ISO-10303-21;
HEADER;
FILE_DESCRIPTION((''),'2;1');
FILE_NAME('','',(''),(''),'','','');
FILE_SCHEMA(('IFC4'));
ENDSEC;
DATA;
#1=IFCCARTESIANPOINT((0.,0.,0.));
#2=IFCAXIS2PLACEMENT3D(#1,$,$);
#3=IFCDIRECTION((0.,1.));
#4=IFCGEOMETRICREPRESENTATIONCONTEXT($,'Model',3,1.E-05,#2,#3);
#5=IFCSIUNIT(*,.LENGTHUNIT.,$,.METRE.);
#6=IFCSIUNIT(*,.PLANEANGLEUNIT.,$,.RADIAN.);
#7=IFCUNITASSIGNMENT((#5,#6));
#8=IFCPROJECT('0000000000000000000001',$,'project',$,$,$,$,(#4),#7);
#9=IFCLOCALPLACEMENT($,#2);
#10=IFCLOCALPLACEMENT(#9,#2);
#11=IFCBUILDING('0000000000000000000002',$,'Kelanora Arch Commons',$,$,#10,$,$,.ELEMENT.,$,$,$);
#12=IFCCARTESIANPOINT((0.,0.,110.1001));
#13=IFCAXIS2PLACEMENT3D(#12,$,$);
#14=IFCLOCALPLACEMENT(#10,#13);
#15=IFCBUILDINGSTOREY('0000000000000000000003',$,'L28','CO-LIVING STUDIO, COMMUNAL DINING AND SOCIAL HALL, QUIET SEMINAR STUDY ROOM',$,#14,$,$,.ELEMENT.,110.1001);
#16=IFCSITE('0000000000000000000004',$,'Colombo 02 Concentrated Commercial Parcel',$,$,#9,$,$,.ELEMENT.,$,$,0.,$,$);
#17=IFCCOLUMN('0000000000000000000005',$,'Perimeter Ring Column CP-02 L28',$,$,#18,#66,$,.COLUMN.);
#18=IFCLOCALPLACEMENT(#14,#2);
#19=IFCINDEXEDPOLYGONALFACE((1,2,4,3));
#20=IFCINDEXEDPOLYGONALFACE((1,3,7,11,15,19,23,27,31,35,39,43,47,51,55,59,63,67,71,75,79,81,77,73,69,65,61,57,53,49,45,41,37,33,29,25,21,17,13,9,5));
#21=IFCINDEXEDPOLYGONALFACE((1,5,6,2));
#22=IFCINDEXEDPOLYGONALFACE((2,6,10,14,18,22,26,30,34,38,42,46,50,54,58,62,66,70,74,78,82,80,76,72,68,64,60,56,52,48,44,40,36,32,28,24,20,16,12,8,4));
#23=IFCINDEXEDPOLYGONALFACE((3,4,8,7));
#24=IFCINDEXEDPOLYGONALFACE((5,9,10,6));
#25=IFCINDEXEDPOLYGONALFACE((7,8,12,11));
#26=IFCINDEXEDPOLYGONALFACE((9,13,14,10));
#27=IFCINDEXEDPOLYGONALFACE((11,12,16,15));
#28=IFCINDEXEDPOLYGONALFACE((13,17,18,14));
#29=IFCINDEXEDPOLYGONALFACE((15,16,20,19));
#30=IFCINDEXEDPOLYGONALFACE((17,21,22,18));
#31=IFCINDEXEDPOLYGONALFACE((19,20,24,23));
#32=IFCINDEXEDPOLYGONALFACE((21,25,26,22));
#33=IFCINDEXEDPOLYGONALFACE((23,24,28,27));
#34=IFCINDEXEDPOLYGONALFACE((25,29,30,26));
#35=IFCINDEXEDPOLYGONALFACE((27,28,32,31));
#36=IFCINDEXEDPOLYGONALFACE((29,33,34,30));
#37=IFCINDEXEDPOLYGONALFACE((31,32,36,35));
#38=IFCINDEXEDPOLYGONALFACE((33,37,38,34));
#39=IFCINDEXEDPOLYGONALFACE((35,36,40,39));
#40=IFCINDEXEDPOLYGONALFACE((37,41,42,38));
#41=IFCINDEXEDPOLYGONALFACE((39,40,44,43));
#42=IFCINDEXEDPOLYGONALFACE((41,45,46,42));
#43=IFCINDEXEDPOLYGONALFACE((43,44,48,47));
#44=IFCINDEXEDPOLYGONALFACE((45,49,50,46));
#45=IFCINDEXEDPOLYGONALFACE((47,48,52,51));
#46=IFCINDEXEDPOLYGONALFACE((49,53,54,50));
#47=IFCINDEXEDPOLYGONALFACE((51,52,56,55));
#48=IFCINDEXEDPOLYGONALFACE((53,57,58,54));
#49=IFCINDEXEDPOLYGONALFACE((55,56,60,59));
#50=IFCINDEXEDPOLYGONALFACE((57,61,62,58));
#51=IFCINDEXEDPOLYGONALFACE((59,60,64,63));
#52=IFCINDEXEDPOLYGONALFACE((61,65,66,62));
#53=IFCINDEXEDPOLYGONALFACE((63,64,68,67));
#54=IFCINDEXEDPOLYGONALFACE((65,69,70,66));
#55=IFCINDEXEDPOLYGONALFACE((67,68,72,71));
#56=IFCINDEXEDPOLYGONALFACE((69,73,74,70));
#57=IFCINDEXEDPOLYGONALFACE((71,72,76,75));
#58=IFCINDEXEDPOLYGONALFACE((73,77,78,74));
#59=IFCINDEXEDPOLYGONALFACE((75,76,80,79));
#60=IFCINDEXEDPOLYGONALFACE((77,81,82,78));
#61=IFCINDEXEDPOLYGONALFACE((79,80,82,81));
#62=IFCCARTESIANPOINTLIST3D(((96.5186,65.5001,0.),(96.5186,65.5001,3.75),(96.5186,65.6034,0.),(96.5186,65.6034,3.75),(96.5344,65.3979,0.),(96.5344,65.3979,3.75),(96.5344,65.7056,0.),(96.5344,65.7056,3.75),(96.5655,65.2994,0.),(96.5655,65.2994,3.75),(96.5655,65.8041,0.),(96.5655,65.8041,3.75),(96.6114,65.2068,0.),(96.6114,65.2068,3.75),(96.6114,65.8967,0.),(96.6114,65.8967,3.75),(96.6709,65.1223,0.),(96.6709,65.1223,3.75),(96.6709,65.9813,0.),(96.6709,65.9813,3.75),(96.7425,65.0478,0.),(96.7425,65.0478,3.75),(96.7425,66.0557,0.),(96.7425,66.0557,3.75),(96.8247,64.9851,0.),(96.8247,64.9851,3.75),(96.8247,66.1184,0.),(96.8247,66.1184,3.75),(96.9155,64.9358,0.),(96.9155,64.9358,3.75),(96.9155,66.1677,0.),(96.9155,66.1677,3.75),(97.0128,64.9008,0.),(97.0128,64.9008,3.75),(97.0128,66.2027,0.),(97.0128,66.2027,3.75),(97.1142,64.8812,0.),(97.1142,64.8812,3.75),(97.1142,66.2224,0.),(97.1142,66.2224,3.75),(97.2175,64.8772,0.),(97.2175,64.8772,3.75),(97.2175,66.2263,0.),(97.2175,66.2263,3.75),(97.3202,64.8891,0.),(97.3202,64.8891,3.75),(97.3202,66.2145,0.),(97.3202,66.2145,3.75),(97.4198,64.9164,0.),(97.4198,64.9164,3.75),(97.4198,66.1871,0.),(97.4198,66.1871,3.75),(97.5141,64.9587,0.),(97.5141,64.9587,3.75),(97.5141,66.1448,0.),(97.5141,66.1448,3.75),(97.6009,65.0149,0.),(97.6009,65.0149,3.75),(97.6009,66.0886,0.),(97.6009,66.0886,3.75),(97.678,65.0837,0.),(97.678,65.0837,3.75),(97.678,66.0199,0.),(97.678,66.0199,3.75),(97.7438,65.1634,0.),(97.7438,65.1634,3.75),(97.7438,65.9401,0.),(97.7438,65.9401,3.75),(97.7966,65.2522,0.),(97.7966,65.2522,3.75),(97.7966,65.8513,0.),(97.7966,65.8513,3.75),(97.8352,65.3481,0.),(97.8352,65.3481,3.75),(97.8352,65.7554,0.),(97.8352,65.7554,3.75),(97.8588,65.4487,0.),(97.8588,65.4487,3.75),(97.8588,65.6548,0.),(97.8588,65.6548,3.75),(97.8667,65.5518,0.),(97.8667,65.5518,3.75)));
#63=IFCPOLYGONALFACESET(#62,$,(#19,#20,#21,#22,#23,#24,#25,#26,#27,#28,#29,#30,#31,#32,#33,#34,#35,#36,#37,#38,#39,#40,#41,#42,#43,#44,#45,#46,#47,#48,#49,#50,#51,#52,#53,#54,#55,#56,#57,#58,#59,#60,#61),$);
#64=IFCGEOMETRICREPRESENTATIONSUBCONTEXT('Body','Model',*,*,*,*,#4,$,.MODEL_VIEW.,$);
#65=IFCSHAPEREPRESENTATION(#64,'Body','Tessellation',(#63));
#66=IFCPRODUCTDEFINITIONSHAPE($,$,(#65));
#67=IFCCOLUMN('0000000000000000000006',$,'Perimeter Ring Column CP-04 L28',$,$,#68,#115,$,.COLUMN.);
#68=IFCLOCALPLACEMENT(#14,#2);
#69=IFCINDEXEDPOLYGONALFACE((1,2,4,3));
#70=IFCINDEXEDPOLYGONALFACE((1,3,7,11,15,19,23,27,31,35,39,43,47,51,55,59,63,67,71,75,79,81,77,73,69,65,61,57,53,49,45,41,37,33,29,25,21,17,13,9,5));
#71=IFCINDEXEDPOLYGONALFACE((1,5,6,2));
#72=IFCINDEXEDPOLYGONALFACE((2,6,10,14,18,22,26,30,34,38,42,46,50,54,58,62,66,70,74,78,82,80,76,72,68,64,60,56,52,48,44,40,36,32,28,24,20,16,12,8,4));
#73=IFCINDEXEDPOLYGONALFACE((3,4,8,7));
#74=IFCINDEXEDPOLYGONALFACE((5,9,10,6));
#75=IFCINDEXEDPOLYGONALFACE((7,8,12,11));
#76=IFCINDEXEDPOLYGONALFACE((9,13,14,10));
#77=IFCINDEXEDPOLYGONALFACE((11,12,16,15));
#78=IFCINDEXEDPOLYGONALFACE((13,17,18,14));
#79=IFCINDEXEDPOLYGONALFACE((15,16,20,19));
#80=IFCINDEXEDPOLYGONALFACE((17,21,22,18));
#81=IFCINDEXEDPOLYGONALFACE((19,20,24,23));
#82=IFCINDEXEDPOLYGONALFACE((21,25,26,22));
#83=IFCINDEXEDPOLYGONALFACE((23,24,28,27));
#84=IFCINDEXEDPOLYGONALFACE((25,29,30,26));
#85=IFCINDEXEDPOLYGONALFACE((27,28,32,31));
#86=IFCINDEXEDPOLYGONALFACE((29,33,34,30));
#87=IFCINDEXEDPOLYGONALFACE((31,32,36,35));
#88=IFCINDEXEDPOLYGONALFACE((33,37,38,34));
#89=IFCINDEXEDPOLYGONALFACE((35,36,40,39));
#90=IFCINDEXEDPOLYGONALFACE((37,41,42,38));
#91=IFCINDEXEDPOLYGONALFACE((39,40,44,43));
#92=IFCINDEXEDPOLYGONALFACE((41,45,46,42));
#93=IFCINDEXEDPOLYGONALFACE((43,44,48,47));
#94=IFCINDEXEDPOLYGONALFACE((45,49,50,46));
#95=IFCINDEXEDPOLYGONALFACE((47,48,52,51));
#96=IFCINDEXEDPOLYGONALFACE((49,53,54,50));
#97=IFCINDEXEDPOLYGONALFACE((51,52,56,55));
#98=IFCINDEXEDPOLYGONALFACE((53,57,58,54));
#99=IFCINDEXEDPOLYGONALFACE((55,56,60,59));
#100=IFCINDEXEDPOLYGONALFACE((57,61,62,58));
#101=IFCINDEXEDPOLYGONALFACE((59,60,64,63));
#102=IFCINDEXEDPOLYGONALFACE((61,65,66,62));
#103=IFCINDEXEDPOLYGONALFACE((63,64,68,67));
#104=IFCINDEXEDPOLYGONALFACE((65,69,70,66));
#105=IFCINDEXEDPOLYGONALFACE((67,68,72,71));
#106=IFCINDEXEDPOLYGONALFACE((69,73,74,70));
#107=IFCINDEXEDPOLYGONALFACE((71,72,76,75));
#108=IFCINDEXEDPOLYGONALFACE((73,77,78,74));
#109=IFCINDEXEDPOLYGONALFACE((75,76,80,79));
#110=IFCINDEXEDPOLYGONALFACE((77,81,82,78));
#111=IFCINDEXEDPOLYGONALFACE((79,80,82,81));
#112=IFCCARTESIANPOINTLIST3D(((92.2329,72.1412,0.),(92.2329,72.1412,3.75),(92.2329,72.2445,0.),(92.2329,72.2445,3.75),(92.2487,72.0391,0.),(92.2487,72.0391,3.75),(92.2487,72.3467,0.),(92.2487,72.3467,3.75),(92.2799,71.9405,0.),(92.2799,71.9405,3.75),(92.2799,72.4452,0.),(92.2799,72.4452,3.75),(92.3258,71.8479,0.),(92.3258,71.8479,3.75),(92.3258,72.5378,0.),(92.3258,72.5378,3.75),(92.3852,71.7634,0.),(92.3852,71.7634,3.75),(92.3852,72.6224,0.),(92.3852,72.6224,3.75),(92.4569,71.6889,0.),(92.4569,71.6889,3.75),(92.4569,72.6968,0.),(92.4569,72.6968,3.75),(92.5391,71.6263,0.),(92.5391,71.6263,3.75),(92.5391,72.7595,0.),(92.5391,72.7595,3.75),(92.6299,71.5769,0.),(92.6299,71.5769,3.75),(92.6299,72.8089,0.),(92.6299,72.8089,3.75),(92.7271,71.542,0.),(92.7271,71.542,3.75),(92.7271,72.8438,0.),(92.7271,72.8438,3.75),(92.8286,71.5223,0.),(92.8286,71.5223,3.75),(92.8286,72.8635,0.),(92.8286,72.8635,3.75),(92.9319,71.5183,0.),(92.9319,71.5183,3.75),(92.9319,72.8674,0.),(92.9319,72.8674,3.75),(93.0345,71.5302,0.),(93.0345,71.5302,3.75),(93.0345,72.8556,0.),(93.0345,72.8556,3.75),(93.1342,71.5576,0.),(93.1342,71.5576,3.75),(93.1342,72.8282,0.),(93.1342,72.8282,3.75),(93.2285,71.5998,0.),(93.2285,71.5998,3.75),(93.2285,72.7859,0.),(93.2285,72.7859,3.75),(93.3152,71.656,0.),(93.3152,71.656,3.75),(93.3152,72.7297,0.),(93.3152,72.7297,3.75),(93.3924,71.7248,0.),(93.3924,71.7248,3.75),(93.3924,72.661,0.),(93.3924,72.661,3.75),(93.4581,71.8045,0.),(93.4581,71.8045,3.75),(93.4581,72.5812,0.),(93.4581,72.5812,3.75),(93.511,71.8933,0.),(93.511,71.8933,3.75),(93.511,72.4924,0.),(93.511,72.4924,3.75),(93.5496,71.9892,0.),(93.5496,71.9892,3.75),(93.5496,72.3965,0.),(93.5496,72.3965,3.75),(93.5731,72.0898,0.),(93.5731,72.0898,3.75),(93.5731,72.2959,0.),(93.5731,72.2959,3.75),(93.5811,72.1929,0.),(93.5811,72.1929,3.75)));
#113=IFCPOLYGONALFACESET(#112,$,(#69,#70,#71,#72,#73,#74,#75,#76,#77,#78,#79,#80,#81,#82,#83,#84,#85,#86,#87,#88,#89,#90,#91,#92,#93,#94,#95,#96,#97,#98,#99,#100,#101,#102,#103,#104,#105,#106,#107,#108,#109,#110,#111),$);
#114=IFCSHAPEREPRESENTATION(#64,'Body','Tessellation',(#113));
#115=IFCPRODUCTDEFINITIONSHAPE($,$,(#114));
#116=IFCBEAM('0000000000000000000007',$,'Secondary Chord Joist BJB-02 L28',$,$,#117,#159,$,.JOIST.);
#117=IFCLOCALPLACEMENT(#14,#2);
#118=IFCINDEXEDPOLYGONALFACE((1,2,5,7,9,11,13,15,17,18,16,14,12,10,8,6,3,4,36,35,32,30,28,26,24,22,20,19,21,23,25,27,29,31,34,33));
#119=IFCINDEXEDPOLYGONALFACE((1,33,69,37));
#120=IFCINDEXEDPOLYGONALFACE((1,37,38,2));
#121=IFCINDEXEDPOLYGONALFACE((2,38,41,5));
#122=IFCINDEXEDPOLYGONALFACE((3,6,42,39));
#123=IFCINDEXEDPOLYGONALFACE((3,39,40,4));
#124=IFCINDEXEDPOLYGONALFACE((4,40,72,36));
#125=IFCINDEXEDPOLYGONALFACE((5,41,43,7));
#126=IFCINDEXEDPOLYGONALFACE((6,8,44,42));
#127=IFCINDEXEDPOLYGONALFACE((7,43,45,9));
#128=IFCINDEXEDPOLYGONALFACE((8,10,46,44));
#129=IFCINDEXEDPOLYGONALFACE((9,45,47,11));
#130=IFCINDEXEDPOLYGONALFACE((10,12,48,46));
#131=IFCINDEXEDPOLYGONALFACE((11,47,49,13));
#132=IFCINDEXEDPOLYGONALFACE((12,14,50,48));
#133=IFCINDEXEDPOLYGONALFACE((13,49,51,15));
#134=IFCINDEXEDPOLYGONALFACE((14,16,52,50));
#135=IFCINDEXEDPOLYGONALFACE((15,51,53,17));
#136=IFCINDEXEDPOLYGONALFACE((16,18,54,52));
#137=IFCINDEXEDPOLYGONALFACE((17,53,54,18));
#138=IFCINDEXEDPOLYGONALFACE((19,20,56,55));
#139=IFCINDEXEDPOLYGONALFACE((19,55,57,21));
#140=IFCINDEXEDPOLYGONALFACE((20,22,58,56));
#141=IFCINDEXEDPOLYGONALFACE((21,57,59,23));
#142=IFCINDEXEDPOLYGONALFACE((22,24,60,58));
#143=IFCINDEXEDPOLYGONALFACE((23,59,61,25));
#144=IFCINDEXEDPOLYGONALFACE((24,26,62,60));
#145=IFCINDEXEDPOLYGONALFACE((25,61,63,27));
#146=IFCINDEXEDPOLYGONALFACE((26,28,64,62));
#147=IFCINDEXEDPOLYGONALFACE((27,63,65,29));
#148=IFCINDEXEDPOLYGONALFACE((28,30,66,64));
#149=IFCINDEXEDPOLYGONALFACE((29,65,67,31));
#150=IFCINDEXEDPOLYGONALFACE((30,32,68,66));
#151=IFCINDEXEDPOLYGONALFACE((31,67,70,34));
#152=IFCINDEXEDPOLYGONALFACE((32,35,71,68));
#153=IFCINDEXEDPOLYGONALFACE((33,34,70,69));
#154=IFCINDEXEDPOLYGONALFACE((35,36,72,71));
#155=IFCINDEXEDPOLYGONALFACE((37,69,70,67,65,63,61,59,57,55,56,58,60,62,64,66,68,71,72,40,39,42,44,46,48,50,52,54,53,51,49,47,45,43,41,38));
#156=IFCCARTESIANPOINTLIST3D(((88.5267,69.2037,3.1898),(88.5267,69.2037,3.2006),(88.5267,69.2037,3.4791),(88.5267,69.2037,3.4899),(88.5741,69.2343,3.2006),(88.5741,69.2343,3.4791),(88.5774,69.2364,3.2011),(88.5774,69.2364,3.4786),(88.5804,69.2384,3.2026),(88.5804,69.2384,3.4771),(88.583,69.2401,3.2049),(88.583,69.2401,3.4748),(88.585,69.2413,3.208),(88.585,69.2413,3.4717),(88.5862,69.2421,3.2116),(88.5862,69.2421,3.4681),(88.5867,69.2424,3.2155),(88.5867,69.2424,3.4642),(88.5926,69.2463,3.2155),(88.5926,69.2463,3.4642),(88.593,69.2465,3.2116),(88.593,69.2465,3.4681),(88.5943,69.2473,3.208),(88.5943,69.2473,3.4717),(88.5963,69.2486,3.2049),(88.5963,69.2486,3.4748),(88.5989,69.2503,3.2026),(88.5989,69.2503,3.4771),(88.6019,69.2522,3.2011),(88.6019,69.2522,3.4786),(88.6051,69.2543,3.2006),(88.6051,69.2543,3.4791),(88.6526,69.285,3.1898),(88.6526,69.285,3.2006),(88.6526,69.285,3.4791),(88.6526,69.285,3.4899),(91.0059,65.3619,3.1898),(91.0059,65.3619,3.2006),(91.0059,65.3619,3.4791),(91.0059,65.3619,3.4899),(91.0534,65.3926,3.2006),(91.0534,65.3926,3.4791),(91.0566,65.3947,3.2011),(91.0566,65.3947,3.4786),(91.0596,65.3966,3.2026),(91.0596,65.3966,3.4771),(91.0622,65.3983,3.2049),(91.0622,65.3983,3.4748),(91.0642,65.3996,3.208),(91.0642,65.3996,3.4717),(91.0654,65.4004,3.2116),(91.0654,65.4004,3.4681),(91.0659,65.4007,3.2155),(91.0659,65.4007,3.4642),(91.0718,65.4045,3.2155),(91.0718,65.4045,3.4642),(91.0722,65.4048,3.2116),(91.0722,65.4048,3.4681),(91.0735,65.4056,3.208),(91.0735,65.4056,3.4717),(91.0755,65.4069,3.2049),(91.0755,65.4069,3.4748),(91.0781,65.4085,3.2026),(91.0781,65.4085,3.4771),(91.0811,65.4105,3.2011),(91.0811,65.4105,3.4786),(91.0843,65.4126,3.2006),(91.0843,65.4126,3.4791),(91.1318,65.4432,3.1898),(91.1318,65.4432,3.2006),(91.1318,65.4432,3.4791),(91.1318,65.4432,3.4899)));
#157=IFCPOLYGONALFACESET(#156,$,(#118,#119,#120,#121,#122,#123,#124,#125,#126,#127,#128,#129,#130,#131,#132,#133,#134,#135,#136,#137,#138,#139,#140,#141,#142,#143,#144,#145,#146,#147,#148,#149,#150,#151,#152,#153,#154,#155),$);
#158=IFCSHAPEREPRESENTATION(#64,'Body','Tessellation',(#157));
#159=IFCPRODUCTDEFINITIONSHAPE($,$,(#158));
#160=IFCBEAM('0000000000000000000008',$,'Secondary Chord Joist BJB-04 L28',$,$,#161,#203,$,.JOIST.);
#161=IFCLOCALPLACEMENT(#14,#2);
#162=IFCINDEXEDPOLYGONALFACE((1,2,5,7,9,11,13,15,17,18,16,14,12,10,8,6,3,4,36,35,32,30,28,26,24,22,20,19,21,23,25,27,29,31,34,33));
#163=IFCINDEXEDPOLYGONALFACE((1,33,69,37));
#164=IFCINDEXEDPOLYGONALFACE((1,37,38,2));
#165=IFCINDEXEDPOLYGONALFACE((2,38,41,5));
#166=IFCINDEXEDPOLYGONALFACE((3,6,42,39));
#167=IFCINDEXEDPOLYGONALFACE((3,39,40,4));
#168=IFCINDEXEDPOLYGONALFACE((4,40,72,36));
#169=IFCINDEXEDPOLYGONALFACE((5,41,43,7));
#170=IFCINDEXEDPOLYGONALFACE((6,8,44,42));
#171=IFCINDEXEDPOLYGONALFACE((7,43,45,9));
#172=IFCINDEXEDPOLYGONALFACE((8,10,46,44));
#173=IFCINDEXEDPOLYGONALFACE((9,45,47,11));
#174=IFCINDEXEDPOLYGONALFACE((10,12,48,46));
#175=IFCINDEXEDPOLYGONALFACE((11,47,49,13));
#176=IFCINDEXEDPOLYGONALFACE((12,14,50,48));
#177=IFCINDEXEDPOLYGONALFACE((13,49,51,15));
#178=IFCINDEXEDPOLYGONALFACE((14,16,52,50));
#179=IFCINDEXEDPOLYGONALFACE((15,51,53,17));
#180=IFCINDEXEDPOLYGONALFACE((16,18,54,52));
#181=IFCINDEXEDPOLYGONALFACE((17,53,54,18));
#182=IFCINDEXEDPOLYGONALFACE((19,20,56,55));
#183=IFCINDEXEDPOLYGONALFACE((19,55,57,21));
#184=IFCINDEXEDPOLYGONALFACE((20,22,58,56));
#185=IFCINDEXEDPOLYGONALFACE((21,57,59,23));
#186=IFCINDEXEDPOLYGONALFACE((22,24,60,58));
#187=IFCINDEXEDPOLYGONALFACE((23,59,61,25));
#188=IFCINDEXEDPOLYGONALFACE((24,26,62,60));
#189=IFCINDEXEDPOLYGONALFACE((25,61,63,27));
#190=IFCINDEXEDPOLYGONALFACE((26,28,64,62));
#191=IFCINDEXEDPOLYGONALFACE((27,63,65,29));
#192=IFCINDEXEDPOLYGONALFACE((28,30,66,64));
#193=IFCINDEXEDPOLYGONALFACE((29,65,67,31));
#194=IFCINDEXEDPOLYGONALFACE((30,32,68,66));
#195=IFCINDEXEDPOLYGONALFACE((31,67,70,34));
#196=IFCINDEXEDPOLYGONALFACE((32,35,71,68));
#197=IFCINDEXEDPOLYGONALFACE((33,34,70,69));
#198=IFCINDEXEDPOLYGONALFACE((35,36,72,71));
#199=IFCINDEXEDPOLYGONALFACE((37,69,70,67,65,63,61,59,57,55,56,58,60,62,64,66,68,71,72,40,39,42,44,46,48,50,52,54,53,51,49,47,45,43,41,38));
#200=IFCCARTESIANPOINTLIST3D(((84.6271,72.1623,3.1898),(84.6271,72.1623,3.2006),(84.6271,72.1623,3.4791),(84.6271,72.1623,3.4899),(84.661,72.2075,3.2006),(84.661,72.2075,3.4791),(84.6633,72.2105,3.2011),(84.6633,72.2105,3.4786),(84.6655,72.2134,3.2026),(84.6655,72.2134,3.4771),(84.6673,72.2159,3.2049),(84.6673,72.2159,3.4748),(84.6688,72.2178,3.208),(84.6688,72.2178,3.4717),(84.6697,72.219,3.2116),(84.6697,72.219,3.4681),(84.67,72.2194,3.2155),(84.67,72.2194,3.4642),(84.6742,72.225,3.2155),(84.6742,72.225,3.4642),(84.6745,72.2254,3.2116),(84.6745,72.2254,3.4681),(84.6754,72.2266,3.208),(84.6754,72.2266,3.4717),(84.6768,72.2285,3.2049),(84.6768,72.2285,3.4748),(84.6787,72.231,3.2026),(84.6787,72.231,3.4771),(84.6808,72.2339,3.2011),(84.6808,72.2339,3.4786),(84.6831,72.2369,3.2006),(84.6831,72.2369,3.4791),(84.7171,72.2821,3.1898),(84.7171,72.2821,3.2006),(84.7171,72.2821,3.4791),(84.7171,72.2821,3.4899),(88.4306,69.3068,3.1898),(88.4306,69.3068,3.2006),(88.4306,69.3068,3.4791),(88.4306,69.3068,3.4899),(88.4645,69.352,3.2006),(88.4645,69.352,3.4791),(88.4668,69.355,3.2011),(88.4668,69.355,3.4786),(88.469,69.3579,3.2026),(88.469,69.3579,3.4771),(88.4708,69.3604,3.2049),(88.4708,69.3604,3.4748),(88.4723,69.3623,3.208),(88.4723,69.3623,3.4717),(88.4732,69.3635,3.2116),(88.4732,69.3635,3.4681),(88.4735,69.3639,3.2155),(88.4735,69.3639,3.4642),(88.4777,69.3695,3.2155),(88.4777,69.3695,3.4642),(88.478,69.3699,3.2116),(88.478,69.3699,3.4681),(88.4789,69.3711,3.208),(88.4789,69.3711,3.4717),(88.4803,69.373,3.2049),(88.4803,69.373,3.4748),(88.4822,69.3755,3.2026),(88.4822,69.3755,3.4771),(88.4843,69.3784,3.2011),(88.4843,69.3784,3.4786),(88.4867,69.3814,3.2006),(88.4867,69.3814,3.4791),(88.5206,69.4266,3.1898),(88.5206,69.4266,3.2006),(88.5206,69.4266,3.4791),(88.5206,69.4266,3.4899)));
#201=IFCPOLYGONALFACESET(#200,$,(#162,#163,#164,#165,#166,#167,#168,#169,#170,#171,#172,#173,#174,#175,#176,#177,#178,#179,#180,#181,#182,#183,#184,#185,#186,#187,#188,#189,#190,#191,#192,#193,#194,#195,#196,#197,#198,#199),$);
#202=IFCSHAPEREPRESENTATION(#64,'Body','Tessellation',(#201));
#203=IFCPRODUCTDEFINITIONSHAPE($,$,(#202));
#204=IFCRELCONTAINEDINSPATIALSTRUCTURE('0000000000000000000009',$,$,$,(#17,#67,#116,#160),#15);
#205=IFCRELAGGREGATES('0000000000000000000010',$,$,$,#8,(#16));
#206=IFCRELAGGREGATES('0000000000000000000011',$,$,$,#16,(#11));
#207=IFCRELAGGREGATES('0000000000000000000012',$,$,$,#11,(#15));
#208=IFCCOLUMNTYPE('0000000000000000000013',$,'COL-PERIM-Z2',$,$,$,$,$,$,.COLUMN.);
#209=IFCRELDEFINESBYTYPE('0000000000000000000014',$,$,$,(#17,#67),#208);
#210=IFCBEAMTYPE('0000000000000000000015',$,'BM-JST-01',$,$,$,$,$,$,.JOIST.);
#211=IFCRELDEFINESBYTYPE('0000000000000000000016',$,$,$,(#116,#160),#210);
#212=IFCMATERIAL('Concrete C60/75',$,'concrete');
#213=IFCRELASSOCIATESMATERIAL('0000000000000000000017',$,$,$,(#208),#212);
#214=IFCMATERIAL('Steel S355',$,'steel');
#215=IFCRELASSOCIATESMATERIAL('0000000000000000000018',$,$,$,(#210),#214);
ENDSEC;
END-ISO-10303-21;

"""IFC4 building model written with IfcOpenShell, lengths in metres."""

from ifc_helpers import new_model, si_unit, direction, frame, origin, origin_2d, place, context, subcontext, project, spatial, circle, i_section, extrude, material, material_profile, profile_set, type_object, element, save


model = new_model("IFC4")

# Units and contexts
model_context = context("Model", 3, precision=1e-05, world=origin(), true_north=direction((0.0, 1.0)))
body_context = subcontext(model_context, "Body", "Model", "MODEL_VIEW")
ifc_project = project(units=[si_unit("LENGTHUNIT", "METRE"), si_unit("PLANEANGLEUNIT", "RADIAN")], contexts=[model_context])

# Site, building, storey
site_placement = place(None, origin())
site = spatial("IfcSite", under=ifc_project, at=site_placement, Name="Colombo 02 Concentrated Commercial Parcel", CompositionType="ELEMENT", RefElevation=0.0)
building_placement = place(site_placement, origin())
building = spatial("IfcBuilding", under=site, at=building_placement, Name="Kelanora Arch Commons", CompositionType="ELEMENT")
storey_placement = place(building_placement, frame((0.0, 0.0, 110.1001)))
storey = spatial("IfcBuildingStorey", under=building, at=storey_placement, Name="L28", Description="CO-LIVING STUDIO, COMMUNAL DINING AND SOCIAL HALL, QUIET SEMINAR STUDY ROOM", CompositionType="ELEMENT", Elevation=110.1001)

# Columns
ifc_material_1 = material(Name="Concrete C60/75", Category="concrete")
ifc_material_profile_1 = material_profile(ifc_material_1, circle(Radius=0.675, at=origin_2d()), Name="RCC1350")
ifc_profile_set_1 = profile_set([ifc_material_profile_1], Name="Concrete C60/75")
column_type = type_object("IfcColumnType", Name="COL-PERIM-Z2", PredefinedType="COLUMN", material=ifc_profile_set_1)
for number, where, z_axis, x_axis, name in (
    (1, (97.1917, 65.5518, 0.0), (0.0, 0.0, 1.0), (1.0, 0.0, 0.0), "Perimeter Ring Column CP-02 L28"),
    (2, (92.906, 72.1929, 0.0), (0.0, 0.0, 1.0), (1.0, 0.0, 0.0), "Perimeter Ring Column CP-04 L28"),
):
    element("IfcColumn", number, at=place(storey_placement, frame(where, z_axis=z_axis, x_axis=x_axis)), inside=storey, type_object=column_type, Name=name, PredefinedType="COLUMN", context=body_context, shape_type="SweptSolid", body=[
        extrude(circle(Radius=0.675, at=origin_2d()), origin(), (0.0, 0.0, 1.0), 3.75),
    ])

# Beams
ifc_material_2 = material(Name="Steel S355", Category="steel")
ifc_material_profile_2 = material_profile(ifc_material_2, i_section(OverallWidth=0.1499, OverallDepth=0.3, WebThickness=0.0071, FlangeThickness=0.0107, FilletRadius=0.0149, at=origin_2d()), Name="IPE300")
ifc_profile_set_2 = profile_set([ifc_material_profile_2], Name="Steel S355")
beam_type_1 = type_object("IfcBeamType", Name="BM-JST-01", PredefinedType="JOIST", material=ifc_profile_set_2)
beam_1_placement = place(storey_placement, frame((91.0688, 65.4026, 3.3398), z_axis=(-0.54223, 0.84023, 0.0), x_axis=(-0.84023, -0.54223, 0.0)))
element("IfcBeam", 3, at=beam_1_placement, inside=storey, type_object=beam_type_1, Name="Secondary Chord Joist BJB-02 L28", PredefinedType="JOIST", context=body_context, shape_type="SweptSolid", body=[
    extrude(i_section(OverallWidth=0.1499, OverallDepth=0.3, WebThickness=0.0071, FlangeThickness=0.0107, FilletRadius=0.0149, at=origin_2d()), origin(), (0.0, 0.0, 1.0), 4.5723),
])
beam_2_placement = place(storey_placement, frame((88.4756, 69.3667, 3.3398), z_axis=(-0.79971, 0.600386, 0.0), x_axis=(-0.600386, -0.79971, 0.0)))
element("IfcBeam", 4, at=beam_2_placement, inside=storey, type_object=beam_type_1, Name="Secondary Chord Joist BJB-04 L28", PredefinedType="JOIST", context=body_context, shape_type="SweptSolid", body=[
    extrude(i_section(OverallWidth=0.1499, OverallDepth=0.3, WebThickness=0.0071, FlangeThickness=0.0107, FilletRadius=0.0149, at=origin_2d()), origin(), (0.0, 0.0, 1.0), 4.7561),
])

save(model, "model.ifc")
